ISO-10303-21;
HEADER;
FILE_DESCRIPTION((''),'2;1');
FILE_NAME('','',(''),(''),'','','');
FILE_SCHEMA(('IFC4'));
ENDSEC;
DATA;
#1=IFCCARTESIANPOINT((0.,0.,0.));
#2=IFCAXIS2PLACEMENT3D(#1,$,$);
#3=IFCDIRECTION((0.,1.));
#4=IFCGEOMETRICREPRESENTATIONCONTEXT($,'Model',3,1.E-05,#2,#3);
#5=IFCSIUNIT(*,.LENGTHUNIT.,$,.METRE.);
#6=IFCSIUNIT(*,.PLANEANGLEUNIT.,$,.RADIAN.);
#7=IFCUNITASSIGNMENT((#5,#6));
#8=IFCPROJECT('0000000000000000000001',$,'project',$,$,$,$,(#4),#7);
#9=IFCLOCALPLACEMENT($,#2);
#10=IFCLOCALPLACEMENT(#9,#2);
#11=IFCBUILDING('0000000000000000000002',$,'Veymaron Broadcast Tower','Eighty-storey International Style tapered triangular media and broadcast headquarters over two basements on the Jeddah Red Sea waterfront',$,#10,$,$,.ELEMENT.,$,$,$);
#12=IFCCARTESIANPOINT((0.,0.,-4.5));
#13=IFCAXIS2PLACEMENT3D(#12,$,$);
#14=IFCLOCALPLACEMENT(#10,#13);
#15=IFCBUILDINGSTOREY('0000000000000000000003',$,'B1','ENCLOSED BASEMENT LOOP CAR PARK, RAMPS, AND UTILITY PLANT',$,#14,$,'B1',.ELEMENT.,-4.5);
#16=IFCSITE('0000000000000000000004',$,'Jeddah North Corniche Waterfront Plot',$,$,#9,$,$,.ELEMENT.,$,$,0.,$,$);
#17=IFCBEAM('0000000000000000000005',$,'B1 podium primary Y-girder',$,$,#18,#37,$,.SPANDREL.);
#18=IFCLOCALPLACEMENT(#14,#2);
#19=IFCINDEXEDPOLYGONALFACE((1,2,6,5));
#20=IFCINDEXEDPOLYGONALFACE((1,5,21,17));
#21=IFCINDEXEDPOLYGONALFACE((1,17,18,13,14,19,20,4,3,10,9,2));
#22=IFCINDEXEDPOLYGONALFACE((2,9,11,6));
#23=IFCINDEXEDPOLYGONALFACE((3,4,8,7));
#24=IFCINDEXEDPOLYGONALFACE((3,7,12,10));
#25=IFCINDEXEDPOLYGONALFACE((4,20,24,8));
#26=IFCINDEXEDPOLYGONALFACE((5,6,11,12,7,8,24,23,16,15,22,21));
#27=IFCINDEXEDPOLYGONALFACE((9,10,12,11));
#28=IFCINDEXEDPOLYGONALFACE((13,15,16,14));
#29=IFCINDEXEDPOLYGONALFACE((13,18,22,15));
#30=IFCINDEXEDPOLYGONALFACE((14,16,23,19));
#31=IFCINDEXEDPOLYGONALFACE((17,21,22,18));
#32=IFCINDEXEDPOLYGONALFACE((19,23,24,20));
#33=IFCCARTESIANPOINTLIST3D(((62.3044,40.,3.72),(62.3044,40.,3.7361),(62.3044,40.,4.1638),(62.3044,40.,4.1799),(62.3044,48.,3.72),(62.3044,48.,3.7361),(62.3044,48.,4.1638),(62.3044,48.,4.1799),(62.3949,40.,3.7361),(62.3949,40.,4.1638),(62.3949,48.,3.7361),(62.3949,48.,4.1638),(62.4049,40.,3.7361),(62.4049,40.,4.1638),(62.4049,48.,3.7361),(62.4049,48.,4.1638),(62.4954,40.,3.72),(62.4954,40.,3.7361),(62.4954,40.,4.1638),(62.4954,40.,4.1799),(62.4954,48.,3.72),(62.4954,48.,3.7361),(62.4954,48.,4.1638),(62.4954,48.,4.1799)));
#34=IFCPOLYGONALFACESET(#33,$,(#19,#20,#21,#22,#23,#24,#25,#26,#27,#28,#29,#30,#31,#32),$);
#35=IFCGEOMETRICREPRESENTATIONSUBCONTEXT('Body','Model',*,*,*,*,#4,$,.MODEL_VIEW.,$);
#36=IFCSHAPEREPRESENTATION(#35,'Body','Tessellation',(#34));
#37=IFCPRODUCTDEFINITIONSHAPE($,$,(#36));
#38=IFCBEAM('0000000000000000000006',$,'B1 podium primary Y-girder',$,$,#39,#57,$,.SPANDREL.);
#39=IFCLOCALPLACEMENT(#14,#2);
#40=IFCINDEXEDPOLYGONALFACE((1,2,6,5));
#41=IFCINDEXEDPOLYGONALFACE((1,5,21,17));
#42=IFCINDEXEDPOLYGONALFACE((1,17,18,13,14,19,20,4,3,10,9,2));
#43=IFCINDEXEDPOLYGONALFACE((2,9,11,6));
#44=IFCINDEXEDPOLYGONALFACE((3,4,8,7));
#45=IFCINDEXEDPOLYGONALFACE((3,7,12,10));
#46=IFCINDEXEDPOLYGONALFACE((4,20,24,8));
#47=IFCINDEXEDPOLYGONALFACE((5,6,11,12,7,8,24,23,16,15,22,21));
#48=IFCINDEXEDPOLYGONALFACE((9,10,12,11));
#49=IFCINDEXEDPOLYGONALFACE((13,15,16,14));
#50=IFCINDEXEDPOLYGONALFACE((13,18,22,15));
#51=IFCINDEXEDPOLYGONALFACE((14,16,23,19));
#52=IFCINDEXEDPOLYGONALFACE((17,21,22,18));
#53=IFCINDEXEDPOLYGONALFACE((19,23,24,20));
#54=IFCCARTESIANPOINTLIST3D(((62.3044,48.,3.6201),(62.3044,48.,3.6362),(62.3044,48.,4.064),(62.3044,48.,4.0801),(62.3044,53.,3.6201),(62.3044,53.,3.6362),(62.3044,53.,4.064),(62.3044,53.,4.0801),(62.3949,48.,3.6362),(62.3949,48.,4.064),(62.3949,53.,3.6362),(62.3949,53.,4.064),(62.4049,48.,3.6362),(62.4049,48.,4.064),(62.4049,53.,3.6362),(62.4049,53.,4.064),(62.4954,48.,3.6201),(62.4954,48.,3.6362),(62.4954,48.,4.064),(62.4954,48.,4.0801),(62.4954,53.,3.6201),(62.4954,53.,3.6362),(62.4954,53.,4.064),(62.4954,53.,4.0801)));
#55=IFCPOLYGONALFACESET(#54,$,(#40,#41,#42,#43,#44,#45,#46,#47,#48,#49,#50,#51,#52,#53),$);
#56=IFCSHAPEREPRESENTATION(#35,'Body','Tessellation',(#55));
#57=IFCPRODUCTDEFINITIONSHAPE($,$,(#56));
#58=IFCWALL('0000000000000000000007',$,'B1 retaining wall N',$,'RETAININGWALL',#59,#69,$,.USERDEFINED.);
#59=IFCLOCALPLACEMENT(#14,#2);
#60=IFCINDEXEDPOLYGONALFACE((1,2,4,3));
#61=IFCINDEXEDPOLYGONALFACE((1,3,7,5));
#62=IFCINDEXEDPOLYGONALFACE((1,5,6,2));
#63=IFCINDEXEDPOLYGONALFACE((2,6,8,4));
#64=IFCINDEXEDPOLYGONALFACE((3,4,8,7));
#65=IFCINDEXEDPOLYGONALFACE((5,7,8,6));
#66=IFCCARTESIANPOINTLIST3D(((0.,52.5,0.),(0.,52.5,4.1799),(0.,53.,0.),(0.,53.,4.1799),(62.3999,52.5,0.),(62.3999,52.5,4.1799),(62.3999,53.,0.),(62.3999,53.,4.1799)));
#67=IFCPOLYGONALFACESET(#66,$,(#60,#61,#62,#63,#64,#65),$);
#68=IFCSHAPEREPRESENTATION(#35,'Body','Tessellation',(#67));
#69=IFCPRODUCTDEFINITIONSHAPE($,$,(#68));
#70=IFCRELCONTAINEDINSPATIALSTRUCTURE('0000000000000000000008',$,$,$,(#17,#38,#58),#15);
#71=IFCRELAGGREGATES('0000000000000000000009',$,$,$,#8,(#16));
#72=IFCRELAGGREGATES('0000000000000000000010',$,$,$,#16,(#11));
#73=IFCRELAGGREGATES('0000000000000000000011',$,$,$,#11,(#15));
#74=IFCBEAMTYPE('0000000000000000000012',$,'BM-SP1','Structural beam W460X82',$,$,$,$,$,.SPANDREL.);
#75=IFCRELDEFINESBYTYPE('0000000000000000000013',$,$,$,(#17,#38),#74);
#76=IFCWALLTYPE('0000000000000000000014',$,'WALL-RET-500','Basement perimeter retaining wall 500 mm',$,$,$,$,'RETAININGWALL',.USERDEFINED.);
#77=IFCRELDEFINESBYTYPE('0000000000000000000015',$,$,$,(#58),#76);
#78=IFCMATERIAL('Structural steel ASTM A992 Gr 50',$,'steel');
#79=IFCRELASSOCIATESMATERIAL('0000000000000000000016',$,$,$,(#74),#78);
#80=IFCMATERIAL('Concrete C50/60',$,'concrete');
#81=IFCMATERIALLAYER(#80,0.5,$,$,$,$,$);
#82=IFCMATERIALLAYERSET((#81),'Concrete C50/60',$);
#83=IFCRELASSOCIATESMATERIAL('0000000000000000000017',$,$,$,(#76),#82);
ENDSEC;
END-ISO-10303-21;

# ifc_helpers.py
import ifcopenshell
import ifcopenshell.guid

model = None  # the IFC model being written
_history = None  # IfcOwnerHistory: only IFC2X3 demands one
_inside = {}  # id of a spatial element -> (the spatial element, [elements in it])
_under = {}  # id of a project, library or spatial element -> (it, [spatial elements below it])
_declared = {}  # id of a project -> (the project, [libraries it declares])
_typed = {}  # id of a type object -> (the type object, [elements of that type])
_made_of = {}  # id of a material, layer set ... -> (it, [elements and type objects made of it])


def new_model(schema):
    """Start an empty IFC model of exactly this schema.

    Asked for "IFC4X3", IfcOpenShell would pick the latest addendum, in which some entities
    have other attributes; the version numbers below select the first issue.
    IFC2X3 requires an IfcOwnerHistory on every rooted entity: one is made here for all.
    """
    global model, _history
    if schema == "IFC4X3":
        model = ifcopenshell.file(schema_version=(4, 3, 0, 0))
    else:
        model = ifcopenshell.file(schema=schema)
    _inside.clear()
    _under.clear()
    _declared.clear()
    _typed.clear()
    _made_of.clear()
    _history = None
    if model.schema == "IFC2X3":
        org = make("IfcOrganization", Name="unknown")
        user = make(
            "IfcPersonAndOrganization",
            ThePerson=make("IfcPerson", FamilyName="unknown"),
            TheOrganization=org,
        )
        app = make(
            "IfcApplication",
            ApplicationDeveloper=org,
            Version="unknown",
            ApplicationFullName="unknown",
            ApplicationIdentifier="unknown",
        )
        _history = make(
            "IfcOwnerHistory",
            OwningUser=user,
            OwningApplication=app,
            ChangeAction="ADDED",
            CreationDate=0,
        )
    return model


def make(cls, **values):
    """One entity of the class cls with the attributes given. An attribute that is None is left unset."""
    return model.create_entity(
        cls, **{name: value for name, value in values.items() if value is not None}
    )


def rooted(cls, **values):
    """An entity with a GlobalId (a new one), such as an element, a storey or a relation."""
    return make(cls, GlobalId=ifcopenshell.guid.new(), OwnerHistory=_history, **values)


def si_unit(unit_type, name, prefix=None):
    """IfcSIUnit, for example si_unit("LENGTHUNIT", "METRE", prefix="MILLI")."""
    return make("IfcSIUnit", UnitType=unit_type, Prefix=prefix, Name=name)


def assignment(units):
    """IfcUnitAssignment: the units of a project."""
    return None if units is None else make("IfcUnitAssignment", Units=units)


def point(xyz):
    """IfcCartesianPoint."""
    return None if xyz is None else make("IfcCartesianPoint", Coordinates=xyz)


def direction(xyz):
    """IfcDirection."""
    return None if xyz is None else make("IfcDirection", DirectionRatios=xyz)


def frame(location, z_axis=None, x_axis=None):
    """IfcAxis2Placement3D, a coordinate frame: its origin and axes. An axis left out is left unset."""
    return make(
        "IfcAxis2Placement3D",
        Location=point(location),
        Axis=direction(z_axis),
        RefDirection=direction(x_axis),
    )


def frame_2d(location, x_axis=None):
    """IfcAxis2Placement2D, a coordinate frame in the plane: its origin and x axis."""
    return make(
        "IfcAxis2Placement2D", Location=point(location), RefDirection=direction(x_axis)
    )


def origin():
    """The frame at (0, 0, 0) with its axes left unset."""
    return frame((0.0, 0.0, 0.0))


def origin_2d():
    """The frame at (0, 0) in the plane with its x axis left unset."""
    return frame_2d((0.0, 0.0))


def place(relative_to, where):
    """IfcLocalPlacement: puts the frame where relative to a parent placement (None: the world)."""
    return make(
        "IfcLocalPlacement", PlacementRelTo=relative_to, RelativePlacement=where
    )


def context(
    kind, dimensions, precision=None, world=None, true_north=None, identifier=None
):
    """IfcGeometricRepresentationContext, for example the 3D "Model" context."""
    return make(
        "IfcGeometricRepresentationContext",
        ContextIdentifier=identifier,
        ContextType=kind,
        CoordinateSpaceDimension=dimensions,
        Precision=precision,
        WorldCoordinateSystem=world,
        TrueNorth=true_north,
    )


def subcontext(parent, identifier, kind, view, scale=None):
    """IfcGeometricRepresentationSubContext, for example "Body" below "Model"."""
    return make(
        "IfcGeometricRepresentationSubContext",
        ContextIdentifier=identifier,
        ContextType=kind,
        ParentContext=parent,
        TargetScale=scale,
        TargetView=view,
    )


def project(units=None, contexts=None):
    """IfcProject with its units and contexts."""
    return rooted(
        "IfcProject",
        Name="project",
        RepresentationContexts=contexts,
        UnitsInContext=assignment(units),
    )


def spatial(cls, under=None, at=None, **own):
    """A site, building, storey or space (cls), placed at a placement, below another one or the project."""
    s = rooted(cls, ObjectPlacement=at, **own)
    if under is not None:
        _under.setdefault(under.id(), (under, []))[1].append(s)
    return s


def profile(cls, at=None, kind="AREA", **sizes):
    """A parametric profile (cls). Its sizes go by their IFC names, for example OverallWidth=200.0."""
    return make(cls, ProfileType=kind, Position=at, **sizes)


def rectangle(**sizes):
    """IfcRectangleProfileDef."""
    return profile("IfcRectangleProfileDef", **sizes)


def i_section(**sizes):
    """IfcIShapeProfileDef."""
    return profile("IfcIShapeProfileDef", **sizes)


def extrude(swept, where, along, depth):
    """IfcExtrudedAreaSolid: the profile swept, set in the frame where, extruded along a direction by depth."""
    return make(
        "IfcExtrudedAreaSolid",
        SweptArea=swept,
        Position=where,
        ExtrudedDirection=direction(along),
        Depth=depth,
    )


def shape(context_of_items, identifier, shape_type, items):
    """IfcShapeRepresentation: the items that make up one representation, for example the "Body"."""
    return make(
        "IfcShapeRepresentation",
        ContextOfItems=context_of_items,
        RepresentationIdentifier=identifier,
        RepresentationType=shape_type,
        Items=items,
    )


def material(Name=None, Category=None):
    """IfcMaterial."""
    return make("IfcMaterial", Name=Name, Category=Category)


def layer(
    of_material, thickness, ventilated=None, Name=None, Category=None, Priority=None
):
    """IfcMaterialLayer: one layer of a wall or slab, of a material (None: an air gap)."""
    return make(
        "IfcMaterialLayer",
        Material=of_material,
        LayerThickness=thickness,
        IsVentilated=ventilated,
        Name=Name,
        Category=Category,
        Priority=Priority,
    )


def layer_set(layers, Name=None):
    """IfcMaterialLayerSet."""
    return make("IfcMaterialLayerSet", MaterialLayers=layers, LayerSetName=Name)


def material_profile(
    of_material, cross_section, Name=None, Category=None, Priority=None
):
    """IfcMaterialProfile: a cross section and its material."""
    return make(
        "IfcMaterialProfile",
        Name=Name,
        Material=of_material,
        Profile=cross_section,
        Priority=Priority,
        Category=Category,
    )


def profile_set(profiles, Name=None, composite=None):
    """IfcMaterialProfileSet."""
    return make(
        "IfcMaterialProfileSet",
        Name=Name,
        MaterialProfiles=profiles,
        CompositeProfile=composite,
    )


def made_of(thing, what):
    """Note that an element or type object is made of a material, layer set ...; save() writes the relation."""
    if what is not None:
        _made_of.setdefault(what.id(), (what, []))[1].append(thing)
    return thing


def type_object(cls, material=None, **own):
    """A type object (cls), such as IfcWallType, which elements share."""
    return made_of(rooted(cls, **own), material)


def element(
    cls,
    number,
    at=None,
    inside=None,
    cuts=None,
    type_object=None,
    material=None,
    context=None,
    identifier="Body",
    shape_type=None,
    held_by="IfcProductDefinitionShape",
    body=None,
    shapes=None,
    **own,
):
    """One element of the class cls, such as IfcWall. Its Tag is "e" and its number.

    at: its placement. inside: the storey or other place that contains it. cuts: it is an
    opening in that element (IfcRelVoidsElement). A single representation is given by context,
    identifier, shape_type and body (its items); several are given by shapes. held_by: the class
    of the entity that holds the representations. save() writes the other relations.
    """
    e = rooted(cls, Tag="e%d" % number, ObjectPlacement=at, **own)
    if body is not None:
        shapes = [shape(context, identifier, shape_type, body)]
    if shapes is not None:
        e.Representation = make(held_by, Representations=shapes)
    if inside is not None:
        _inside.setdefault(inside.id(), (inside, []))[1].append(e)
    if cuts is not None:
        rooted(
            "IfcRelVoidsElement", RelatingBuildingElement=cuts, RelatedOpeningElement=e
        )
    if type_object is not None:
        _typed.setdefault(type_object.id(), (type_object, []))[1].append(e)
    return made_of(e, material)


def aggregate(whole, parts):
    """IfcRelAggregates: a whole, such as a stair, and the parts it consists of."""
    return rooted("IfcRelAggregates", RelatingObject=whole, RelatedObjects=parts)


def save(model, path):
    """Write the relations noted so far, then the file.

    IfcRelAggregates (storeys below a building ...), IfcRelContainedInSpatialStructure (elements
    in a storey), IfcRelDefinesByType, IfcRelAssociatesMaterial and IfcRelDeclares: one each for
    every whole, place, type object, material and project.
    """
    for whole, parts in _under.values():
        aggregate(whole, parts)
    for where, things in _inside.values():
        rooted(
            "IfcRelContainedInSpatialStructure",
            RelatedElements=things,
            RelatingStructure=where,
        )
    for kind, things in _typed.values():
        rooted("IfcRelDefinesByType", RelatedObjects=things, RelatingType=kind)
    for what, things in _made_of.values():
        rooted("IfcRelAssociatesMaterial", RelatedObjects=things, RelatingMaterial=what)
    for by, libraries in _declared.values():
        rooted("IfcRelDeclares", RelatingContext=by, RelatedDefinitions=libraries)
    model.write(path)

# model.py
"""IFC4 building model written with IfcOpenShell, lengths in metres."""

from ifc_helpers import new_model, si_unit, direction, frame, frame_2d, origin, origin_2d, place, context, subcontext, project, spatial, rectangle, i_section, extrude, material, layer, layer_set, material_profile, profile_set, type_object, element, save


model = new_model("IFC4")

# Units and contexts
model_context = context("Model", 3, precision=1e-05, world=origin(), true_north=direction((0.0, 1.0)))
body_context = subcontext(model_context, "Body", "Model", "MODEL_VIEW")
ifc_project = project(units=[si_unit("LENGTHUNIT", "METRE"), si_unit("PLANEANGLEUNIT", "RADIAN")], contexts=[model_context])

# Site, building, storey
site_placement = place(None, origin())
site = spatial("IfcSite", under=ifc_project, at=site_placement, Name="Jeddah North Corniche Waterfront Plot", CompositionType="ELEMENT", RefElevation=0.0)
building_placement = place(site_placement, origin())
building = spatial("IfcBuilding", under=site, at=building_placement, Name="Veymaron Broadcast Tower", Description="Eighty-storey International Style tapered triangular media and broadcast headquarters over two basements on the Jeddah Red Sea waterfront", CompositionType="ELEMENT")
storey_placement = place(building_placement, frame((0.0, 0.0, -4.5)))
storey = spatial("IfcBuildingStorey", under=building, at=storey_placement, Name="B1", Description="ENCLOSED BASEMENT LOOP CAR PARK, RAMPS, AND UTILITY PLANT", LongName="B1", CompositionType="ELEMENT", Elevation=-4.5)

# Shared definitions
ifc_material_1 = material(Name="Structural steel ASTM A992 Gr 50", Category="steel")

# Beams
ifc_material_profile_1 = material_profile(ifc_material_1, i_section(OverallWidth=0.1909, OverallDepth=0.46, WebThickness=0.01, FlangeThickness=0.0161, at=origin_2d()), Name="W460X82")
ifc_profile_set_1 = profile_set([ifc_material_profile_1], Name="Structural steel ASTM A992 Gr 50")
beam_type_1 = type_object("IfcBeamType", Name="BM-SP1", Description="Structural beam W460X82", PredefinedType="SPANDREL", material=ifc_profile_set_1)
beam_1_placement = place(storey_placement, frame((62.3999, 40.0, 3.95), z_axis=(0.0, 1.0, 0.0), x_axis=(-1.0, 0.0, 0.0)))
element("IfcBeam", 1, at=beam_1_placement, inside=storey, type_object=beam_type_1, Name="B1 podium primary Y-girder", PredefinedType="SPANDREL", context=body_context, shape_type="SweptSolid", body=[
    extrude(i_section(OverallWidth=0.1909, OverallDepth=0.46, WebThickness=0.01, FlangeThickness=0.0161, at=origin_2d()), origin(), (0.0, 0.0, 1.0), 8.0),
])
beam_2_placement = place(storey_placement, frame((62.3999, 48.0, 3.8501), z_axis=(0.0, 1.0, 0.0), x_axis=(-1.0, 0.0, 0.0)))
element("IfcBeam", 2, at=beam_2_placement, inside=storey, type_object=beam_type_1, Name="B1 podium primary Y-girder", PredefinedType="SPANDREL", context=body_context, shape_type="SweptSolid", body=[
    extrude(i_section(OverallWidth=0.1909, OverallDepth=0.46, WebThickness=0.01, FlangeThickness=0.0161, at=origin_2d()), origin(), (0.0, 0.0, 1.0), 5.0),
])

# Wall
ifc_material_2 = material(Name="Concrete C50/60", Category="concrete")
ifc_layer = layer(ifc_material_2, 0.5)
ifc_layer_set = layer_set([ifc_layer], Name="Concrete C50/60")
wall_type = type_object("IfcWallType", Name="WALL-RET-500", Description="Basement perimeter retaining wall 500 mm", ElementType="RETAININGWALL", PredefinedType="USERDEFINED", material=ifc_layer_set)
wall_placement = place(storey_placement, frame((62.3999, 52.75, 0.0), z_axis=(0.0, 0.0, 1.0), x_axis=(-1.0, 0.0, 0.0)))
element("IfcWall", 3, at=wall_placement, inside=storey, type_object=wall_type, Name="B1 retaining wall N", ObjectType="RETAININGWALL", PredefinedType="USERDEFINED", context=body_context, shape_type="SweptSolid", body=[
    extrude(rectangle(XDim=62.3999, YDim=0.5, at=frame_2d((31.2, 0.0))), origin(), (0.0, 0.0, 1.0), 4.1799),
])

save(model, "model.ifc")
